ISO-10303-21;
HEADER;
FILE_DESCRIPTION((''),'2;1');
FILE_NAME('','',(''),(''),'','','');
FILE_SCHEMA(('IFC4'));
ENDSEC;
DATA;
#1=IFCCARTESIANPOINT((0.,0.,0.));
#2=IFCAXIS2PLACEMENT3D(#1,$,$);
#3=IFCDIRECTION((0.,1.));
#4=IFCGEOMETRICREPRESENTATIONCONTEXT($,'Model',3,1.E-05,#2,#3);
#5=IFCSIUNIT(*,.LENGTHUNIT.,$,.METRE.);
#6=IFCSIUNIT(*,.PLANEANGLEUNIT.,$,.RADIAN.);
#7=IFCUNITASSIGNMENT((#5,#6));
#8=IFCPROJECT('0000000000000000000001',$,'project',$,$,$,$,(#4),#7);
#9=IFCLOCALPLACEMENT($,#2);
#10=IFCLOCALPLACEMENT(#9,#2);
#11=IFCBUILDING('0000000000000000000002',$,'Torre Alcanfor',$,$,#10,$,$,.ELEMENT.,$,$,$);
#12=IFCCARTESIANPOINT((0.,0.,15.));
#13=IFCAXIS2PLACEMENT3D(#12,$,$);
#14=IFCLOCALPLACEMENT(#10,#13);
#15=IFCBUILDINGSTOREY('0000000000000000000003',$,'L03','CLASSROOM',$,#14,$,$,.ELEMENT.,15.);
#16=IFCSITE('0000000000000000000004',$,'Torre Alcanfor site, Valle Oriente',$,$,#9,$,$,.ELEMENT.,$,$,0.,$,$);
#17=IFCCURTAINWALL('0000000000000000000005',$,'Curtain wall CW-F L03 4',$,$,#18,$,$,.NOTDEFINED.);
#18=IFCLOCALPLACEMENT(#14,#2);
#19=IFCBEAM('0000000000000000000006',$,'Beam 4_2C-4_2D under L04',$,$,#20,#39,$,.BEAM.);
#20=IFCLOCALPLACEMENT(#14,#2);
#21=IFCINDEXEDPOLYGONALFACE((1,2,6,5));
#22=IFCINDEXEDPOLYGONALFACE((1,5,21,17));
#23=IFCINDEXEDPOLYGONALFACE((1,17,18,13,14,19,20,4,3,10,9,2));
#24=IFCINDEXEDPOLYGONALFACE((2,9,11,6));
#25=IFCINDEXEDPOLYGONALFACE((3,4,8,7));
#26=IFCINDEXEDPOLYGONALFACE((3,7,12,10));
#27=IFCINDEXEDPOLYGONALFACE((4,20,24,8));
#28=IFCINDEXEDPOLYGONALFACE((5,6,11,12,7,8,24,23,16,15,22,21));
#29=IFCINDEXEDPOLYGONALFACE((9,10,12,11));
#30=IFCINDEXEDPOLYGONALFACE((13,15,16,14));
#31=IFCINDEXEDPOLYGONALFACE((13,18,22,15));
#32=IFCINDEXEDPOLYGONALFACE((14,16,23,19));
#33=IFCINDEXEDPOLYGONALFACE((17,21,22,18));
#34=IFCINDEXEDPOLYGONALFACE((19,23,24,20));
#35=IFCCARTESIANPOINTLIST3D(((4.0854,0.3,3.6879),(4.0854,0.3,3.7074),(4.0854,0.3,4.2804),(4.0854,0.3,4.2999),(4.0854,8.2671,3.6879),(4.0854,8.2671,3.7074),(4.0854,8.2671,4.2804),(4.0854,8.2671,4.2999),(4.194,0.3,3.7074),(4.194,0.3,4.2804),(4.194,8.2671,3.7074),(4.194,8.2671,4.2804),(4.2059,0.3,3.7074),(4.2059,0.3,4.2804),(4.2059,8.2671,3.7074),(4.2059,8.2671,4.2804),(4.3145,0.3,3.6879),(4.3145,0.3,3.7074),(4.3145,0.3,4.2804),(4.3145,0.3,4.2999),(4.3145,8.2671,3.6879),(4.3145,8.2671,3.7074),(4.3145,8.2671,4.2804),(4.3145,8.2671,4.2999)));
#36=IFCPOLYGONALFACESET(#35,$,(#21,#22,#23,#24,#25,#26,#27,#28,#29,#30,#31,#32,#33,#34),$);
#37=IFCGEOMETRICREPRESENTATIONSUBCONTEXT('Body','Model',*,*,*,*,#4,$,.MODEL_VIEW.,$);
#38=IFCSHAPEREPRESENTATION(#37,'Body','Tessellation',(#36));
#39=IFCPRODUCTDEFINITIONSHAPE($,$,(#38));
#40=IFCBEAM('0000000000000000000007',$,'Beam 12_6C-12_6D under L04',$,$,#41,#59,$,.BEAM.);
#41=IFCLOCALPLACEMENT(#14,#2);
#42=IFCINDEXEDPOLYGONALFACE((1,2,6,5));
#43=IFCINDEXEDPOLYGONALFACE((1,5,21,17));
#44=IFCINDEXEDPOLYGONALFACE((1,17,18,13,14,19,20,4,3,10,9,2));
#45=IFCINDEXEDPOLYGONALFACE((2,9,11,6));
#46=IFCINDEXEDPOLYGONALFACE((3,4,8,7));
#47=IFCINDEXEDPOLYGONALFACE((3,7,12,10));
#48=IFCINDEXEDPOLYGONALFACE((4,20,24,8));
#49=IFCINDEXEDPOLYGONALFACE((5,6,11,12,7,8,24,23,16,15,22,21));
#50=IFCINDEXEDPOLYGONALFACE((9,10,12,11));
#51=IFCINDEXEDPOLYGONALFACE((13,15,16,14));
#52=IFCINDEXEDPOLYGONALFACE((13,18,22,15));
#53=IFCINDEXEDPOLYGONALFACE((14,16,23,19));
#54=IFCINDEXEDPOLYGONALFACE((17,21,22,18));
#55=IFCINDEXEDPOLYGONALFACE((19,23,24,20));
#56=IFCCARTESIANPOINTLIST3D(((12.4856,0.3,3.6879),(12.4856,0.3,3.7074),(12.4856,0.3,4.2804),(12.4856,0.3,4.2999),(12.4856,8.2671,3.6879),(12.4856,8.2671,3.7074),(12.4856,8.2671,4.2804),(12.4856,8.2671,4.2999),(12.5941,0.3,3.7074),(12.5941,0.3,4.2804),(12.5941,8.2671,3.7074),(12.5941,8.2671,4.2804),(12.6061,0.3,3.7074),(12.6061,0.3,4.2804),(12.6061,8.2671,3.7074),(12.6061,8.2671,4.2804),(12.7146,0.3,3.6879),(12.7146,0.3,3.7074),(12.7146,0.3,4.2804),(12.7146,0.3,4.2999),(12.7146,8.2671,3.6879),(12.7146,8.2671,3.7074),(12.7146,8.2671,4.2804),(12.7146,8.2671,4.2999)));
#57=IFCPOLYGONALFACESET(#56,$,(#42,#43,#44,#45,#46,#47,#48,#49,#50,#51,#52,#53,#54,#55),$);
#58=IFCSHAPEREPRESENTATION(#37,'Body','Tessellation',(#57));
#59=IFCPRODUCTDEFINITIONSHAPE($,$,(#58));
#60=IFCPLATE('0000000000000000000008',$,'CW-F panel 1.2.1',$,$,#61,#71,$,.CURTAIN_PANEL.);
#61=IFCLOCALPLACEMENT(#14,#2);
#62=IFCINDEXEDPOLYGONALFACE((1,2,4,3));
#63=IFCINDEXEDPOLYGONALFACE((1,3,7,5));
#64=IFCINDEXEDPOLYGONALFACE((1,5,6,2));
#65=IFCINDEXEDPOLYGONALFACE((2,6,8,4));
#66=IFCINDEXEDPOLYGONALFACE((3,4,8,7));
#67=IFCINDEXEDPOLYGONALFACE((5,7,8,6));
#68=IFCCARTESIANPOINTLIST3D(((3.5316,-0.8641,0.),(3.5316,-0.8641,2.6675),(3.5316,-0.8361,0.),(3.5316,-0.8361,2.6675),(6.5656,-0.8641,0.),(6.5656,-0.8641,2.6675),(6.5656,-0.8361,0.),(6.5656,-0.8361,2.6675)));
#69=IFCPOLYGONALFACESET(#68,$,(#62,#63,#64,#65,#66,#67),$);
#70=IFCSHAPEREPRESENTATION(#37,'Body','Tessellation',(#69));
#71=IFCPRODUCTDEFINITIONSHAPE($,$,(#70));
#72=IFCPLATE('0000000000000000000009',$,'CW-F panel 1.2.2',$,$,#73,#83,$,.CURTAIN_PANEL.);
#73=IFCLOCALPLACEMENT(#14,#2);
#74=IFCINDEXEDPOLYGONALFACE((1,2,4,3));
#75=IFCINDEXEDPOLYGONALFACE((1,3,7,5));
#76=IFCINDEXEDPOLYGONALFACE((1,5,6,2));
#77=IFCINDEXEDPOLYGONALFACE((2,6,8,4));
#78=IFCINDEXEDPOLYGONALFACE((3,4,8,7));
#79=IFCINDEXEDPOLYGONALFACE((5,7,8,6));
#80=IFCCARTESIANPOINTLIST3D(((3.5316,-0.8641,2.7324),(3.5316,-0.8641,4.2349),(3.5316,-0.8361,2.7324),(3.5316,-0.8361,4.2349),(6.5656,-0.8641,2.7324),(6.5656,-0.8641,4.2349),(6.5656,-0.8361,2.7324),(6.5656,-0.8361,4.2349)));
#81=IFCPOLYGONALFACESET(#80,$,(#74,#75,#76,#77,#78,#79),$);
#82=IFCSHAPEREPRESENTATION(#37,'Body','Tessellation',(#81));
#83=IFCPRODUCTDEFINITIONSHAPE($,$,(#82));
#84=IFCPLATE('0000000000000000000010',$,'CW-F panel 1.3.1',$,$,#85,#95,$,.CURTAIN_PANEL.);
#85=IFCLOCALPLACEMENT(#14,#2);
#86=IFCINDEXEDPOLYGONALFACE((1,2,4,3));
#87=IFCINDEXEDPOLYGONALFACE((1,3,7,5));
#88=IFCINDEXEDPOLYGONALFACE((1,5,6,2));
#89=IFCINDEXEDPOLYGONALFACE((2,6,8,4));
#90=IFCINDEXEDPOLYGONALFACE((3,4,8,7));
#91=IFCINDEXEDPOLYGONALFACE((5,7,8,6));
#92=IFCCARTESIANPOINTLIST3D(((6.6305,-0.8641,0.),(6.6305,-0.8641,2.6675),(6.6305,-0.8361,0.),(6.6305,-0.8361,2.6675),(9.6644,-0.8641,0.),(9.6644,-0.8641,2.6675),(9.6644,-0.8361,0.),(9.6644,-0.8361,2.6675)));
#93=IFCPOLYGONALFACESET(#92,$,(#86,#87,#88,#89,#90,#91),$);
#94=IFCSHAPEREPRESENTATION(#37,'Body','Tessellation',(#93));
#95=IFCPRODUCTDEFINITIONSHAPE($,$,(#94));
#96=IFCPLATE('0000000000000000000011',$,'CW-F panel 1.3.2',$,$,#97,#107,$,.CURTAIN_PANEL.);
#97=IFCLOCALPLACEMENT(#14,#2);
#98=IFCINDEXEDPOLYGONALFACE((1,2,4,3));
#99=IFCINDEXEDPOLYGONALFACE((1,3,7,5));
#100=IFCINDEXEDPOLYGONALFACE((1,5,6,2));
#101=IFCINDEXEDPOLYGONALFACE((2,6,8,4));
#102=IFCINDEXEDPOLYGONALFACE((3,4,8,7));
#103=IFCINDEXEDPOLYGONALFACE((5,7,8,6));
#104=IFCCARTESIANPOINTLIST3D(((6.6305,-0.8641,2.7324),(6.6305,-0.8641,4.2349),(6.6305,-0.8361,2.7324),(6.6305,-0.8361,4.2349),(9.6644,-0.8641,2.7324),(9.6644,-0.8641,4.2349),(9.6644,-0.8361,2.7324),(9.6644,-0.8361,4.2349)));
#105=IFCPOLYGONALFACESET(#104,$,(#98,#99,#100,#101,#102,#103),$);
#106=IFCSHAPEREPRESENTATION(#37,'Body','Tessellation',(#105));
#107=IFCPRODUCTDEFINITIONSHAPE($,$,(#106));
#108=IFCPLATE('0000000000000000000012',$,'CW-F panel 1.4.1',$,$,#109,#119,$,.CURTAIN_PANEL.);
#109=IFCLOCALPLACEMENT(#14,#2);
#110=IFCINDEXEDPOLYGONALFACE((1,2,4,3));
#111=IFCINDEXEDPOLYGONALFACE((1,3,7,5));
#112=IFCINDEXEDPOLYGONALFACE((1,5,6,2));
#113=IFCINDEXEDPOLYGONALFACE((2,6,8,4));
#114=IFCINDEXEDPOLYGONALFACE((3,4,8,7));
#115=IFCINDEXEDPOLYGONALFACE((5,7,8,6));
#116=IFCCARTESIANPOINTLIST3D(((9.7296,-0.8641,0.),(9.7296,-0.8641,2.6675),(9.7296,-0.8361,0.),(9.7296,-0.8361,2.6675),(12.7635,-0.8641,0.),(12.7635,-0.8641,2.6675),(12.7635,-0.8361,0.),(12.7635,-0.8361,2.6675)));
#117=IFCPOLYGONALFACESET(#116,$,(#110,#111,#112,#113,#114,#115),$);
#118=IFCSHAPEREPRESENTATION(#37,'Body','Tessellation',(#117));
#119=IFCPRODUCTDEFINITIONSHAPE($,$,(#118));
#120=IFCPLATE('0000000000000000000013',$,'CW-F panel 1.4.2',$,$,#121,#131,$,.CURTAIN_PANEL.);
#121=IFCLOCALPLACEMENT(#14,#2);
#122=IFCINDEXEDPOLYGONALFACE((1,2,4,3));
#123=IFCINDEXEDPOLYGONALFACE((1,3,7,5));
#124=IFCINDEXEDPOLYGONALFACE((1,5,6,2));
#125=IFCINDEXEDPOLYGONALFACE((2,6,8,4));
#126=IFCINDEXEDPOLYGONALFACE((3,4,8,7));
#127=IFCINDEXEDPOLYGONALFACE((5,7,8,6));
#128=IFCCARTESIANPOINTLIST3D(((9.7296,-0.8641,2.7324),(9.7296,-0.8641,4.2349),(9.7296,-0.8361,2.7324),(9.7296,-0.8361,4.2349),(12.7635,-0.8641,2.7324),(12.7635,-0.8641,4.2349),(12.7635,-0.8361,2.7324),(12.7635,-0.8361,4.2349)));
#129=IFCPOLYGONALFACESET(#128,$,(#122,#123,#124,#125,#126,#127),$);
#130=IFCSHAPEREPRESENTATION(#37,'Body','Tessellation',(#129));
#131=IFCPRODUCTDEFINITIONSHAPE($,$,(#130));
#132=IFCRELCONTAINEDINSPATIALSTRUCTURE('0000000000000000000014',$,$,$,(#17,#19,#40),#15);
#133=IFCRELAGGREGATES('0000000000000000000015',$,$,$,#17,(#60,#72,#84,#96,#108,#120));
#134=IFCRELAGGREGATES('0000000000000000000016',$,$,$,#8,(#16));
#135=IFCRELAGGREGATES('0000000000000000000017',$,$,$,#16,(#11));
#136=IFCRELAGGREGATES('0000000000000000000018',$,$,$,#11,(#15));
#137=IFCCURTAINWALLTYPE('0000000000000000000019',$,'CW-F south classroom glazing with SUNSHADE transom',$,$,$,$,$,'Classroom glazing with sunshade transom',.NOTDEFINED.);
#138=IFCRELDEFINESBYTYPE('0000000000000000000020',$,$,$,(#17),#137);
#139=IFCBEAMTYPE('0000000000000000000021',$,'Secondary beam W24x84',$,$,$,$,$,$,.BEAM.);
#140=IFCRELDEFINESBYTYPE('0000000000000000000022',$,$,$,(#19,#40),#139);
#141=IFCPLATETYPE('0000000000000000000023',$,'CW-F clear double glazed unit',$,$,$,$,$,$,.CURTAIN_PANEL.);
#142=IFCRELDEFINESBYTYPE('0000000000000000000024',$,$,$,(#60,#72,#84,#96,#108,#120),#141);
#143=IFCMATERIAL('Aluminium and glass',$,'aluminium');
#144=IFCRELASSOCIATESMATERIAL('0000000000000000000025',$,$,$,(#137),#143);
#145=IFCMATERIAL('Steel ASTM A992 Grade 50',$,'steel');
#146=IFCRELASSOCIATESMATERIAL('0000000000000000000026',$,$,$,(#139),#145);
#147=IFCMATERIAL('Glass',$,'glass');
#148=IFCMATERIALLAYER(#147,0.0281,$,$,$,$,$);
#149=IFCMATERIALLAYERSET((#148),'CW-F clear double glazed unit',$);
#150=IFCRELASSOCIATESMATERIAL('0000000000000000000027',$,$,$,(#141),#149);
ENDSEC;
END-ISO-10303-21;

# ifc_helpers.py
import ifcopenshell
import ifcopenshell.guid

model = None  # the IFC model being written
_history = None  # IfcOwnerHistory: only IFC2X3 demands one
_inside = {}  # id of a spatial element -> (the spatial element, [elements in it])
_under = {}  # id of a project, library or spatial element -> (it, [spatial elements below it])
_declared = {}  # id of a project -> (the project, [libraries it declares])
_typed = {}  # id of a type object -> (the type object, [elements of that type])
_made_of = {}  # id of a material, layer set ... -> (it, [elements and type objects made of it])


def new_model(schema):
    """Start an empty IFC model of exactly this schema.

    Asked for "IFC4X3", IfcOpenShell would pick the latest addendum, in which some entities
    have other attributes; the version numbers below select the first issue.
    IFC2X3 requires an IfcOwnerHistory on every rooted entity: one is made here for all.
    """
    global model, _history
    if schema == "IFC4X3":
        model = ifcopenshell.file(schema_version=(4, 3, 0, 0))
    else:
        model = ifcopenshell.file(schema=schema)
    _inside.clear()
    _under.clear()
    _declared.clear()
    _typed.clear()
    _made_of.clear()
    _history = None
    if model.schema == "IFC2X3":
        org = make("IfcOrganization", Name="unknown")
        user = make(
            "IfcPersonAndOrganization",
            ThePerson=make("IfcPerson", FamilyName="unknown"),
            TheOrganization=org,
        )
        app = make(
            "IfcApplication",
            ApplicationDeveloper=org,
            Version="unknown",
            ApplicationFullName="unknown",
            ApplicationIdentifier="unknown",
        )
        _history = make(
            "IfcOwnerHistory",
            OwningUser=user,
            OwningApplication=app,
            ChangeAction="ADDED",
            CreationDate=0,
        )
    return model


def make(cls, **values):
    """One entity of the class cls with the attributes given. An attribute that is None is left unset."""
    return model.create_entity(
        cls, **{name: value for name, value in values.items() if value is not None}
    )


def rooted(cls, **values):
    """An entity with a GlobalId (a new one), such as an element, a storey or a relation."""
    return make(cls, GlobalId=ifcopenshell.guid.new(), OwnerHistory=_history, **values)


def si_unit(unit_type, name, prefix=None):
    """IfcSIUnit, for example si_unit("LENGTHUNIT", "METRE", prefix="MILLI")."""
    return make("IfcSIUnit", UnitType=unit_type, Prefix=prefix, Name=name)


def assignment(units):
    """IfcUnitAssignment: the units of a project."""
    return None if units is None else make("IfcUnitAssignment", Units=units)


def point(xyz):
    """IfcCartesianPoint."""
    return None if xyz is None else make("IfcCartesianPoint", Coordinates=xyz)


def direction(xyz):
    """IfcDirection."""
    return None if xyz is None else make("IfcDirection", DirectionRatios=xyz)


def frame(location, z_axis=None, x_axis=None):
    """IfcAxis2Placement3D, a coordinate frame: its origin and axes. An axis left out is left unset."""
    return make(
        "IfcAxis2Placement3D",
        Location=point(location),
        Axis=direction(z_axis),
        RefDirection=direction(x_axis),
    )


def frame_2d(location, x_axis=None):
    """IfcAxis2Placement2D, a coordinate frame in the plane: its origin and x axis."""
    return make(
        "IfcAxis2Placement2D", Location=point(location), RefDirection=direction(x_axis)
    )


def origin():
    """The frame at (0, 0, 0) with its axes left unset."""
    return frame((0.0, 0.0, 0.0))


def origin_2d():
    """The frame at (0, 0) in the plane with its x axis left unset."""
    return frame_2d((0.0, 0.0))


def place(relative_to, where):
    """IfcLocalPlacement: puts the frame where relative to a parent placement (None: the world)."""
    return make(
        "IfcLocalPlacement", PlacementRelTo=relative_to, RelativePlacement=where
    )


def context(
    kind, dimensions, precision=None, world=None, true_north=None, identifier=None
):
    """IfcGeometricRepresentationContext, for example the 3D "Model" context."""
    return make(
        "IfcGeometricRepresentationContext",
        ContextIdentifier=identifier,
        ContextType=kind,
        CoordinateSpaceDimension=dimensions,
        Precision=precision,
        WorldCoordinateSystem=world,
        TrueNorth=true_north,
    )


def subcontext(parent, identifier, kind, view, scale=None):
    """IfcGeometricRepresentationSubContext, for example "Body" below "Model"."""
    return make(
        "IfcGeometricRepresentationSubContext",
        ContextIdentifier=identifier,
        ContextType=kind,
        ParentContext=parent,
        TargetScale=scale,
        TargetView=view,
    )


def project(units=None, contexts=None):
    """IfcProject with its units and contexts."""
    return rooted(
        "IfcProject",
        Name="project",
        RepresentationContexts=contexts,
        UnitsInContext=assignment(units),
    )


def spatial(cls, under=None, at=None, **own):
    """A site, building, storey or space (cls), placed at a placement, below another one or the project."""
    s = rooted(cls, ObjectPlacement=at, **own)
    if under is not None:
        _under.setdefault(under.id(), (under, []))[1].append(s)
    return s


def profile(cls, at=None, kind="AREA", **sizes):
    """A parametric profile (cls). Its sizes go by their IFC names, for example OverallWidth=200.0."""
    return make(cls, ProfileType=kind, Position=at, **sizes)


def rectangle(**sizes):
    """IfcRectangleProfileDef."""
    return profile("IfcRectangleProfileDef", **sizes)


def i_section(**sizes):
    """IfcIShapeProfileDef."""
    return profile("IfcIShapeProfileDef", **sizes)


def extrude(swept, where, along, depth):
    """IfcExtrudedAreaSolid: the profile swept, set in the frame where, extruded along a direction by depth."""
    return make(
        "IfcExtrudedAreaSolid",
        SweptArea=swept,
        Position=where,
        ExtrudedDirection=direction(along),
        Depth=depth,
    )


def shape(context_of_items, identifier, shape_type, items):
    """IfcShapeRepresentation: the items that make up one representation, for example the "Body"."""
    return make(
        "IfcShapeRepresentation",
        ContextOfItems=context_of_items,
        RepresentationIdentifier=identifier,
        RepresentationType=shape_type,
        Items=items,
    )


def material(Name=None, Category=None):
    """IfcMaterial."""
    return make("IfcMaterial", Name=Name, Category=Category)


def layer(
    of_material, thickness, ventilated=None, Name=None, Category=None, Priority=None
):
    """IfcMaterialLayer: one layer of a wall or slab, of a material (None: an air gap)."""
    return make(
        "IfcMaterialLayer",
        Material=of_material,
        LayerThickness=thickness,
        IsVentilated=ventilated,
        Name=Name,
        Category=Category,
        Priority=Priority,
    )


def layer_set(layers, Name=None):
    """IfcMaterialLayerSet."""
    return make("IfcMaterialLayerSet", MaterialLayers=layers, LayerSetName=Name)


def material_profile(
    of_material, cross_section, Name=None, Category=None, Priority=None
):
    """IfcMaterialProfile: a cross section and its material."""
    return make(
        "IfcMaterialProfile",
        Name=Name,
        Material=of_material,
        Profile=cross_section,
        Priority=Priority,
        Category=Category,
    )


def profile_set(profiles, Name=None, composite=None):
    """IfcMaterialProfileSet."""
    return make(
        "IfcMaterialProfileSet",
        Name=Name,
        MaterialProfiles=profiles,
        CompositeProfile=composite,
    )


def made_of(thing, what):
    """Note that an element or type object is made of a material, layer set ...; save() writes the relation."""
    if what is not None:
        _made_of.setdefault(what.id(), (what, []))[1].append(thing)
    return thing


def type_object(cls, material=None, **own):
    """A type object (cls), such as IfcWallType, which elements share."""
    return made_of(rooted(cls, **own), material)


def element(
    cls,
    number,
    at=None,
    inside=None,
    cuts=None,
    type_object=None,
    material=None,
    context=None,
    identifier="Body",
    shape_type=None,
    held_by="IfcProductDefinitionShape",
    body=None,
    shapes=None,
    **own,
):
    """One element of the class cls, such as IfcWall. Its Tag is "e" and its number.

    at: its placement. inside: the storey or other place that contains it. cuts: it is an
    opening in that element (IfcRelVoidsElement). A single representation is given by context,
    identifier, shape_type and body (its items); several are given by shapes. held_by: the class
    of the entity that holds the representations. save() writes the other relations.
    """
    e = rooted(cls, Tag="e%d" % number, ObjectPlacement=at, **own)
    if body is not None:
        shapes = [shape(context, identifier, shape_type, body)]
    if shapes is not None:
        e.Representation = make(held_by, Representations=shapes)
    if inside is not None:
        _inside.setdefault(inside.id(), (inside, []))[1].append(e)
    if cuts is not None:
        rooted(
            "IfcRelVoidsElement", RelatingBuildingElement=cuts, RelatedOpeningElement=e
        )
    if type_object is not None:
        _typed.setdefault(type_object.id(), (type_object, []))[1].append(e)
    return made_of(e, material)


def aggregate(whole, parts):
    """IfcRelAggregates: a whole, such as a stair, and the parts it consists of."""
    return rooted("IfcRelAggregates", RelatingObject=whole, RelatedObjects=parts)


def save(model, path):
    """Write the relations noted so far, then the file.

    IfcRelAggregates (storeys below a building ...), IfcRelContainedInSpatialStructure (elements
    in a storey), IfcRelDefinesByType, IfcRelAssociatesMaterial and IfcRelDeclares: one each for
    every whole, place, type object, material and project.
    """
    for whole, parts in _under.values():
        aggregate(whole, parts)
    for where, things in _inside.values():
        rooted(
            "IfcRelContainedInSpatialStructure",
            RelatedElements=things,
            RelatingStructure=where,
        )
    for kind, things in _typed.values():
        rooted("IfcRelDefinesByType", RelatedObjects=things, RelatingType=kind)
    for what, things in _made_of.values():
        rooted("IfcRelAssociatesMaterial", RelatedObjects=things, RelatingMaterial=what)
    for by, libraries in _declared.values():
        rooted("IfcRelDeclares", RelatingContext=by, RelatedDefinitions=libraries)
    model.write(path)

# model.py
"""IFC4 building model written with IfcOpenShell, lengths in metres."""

from ifc_helpers import new_model, si_unit, direction, frame, origin, origin_2d, place, context, subcontext, project, spatial, rectangle, i_section, extrude, material, layer, layer_set, material_profile, profile_set, type_object, element, aggregate, save


model = new_model("IFC4")

# Units and contexts
model_context = context("Model", 3, precision=1e-05, world=origin(), true_north=direction((0.0, 1.0)))
body_context = subcontext(model_context, "Body", "Model", "MODEL_VIEW")
ifc_project = project(units=[si_unit("LENGTHUNIT", "METRE"), si_unit("PLANEANGLEUNIT", "RADIAN")], contexts=[model_context])

# Site, building, storey
site_placement = place(None, origin())
site = spatial("IfcSite", under=ifc_project, at=site_placement, Name="Torre Alcanfor site, Valle Oriente", CompositionType="ELEMENT", RefElevation=0.0)
building_placement = place(site_placement, origin())
building = spatial("IfcBuilding", under=site, at=building_placement, Name="Torre Alcanfor", CompositionType="ELEMENT")
storey_placement = place(building_placement, frame((0.0, 0.0, 15.0)))
storey = spatial("IfcBuildingStorey", under=building, at=storey_placement, Name="L03", Description="CLASSROOM", CompositionType="ELEMENT", Elevation=15.0)

# Curtain wall
ifc_material_1 = material(Name="Aluminium and glass", Category="aluminium")
curtain_wall_type = type_object("IfcCurtainWallType", Name="CW-F south classroom glazing with SUNSHADE transom", ElementType="Classroom glazing with sunshade transom", PredefinedType="NOTDEFINED", material=ifc_material_1)
curtain_wall_placement = place(storey_placement, origin())
curtain_wall = element("IfcCurtainWall", 1, at=curtain_wall_placement, inside=storey, type_object=curtain_wall_type, Name="Curtain wall CW-F L03 4", PredefinedType="NOTDEFINED")

# Beams
ifc_material_2 = material(Name="Steel ASTM A992 Grade 50", Category="steel")
ifc_material_profile_1 = material_profile(ifc_material_2, i_section(OverallWidth=0.229, OverallDepth=0.6121, WebThickness=0.012, FlangeThickness=0.0195, at=origin_2d()), Name="W24x84")
ifc_profile_set_1 = profile_set([ifc_material_profile_1], Name="Steel ASTM A992 Grade 50")
beam_type_1 = type_object("IfcBeamType", Name="Secondary beam W24x84", PredefinedType="BEAM", material=ifc_profile_set_1)
for number, where, z_axis, x_axis, name in (
    (2, (4.2, 0.3, 3.9939), (0.0, 1.0, 0.0), (-1.0, 0.0, 0.0), "Beam 4_2C-4_2D under L04"),
    (3, (12.6001, 0.3, 3.9939), (0.0, 1.0, 0.0), (-1.0, 0.0, 0.0), "Beam 12_6C-12_6D under L04"),
):
    element("IfcBeam", number, at=place(storey_placement, frame(where, z_axis=z_axis, x_axis=x_axis)), inside=storey, type_object=beam_type_1, Name=name, PredefinedType="BEAM", context=body_context, shape_type="SweptSolid", body=[
        extrude(i_section(OverallWidth=0.229, OverallDepth=0.6121, WebThickness=0.012, FlangeThickness=0.0195, at=origin_2d()), origin(), (0.0, 0.0, 1.0), 7.967),
    ])

# Plates
ifc_material_3 = material(Name="Glass", Category="glass")
ifc_layer = layer(ifc_material_3, 0.0281)
ifc_layer_set = layer_set([ifc_layer], Name="CW-F clear double glazed unit")
plate_type = type_object("IfcPlateType", Name="CW-F clear double glazed unit", PredefinedType="CURTAIN_PANEL", material=ifc_layer_set)
plate_1_placement = place(storey_placement, frame((5.0486, -0.8501, 0.0), z_axis=(0.0, 0.0, 1.0), x_axis=(1.0, 0.0, 0.0)))
plate_1 = element("IfcPlate", 4, at=plate_1_placement, type_object=plate_type, Name="CW-F panel 1.2.1", PredefinedType="CURTAIN_PANEL", context=body_context, shape_type="SweptSolid", body=[
    extrude(rectangle(XDim=3.0339, YDim=0.0281, at=origin_2d()), origin(), (0.0, 0.0, 1.0), 2.6675),
])
plate_2_placement = place(storey_placement, frame((5.0486, -0.8501, 2.7324), z_axis=(0.0, 0.0, 1.0), x_axis=(1.0, 0.0, 0.0)))
plate_2 = element("IfcPlate", 5, at=plate_2_placement, type_object=plate_type, Name="CW-F panel 1.2.2", PredefinedType="CURTAIN_PANEL", context=body_context, shape_type="SweptSolid", body=[
    extrude(rectangle(XDim=3.0339, YDim=0.0281, at=origin_2d()), origin(), (0.0, 0.0, 1.0), 1.5024),
])
plate_3_placement = place(storey_placement, frame((8.1475, -0.8501, 0.0), z_axis=(0.0, 0.0, 1.0), x_axis=(1.0, 0.0, 0.0)))
plate_3 = element("IfcPlate", 6, at=plate_3_placement, type_object=plate_type, Name="CW-F panel 1.3.1", PredefinedType="CURTAIN_PANEL", context=body_context, shape_type="SweptSolid", body=[
    extrude(rectangle(XDim=3.0339, YDim=0.0281, at=origin_2d()), origin(), (0.0, 0.0, 1.0), 2.6675),
])
plate_4_placement = place(storey_placement, frame((8.1475, -0.8501, 2.7324), z_axis=(0.0, 0.0, 1.0), x_axis=(1.0, 0.0, 0.0)))
plate_4 = element("IfcPlate", 7, at=plate_4_placement, type_object=plate_type, Name="CW-F panel 1.3.2", PredefinedType="CURTAIN_PANEL", context=body_context, shape_type="SweptSolid", body=[
    extrude(rectangle(XDim=3.0339, YDim=0.0281, at=origin_2d()), origin(), (0.0, 0.0, 1.0), 1.5024),
])
plate_5_placement = place(storey_placement, frame((11.2466, -0.8501, 0.0), z_axis=(0.0, 0.0, 1.0), x_axis=(1.0, 0.0, 0.0)))
plate_5 = element("IfcPlate", 8, at=plate_5_placement, type_object=plate_type, Name="CW-F panel 1.4.1", PredefinedType="CURTAIN_PANEL", context=body_context, shape_type="SweptSolid", body=[
    extrude(rectangle(XDim=3.0339, YDim=0.0281, at=origin_2d()), origin(), (0.0, 0.0, 1.0), 2.6675),
])
plate_6_placement = place(storey_placement, frame((11.2466, -0.8501, 2.7324), z_axis=(0.0, 0.0, 1.0), x_axis=(1.0, 0.0, 0.0)))
plate_6 = element("IfcPlate", 9, at=plate_6_placement, type_object=plate_type, Name="CW-F panel 1.4.2", PredefinedType="CURTAIN_PANEL", context=body_context, shape_type="SweptSolid", body=[
    extrude(rectangle(XDim=3.0339, YDim=0.0281, at=origin_2d()), origin(), (0.0, 0.0, 1.0), 1.5024),
])
aggregate(curtain_wall, [plate_1, plate_2, plate_3, plate_4, plate_5, plate_6])

save(model, "model.ifc")
